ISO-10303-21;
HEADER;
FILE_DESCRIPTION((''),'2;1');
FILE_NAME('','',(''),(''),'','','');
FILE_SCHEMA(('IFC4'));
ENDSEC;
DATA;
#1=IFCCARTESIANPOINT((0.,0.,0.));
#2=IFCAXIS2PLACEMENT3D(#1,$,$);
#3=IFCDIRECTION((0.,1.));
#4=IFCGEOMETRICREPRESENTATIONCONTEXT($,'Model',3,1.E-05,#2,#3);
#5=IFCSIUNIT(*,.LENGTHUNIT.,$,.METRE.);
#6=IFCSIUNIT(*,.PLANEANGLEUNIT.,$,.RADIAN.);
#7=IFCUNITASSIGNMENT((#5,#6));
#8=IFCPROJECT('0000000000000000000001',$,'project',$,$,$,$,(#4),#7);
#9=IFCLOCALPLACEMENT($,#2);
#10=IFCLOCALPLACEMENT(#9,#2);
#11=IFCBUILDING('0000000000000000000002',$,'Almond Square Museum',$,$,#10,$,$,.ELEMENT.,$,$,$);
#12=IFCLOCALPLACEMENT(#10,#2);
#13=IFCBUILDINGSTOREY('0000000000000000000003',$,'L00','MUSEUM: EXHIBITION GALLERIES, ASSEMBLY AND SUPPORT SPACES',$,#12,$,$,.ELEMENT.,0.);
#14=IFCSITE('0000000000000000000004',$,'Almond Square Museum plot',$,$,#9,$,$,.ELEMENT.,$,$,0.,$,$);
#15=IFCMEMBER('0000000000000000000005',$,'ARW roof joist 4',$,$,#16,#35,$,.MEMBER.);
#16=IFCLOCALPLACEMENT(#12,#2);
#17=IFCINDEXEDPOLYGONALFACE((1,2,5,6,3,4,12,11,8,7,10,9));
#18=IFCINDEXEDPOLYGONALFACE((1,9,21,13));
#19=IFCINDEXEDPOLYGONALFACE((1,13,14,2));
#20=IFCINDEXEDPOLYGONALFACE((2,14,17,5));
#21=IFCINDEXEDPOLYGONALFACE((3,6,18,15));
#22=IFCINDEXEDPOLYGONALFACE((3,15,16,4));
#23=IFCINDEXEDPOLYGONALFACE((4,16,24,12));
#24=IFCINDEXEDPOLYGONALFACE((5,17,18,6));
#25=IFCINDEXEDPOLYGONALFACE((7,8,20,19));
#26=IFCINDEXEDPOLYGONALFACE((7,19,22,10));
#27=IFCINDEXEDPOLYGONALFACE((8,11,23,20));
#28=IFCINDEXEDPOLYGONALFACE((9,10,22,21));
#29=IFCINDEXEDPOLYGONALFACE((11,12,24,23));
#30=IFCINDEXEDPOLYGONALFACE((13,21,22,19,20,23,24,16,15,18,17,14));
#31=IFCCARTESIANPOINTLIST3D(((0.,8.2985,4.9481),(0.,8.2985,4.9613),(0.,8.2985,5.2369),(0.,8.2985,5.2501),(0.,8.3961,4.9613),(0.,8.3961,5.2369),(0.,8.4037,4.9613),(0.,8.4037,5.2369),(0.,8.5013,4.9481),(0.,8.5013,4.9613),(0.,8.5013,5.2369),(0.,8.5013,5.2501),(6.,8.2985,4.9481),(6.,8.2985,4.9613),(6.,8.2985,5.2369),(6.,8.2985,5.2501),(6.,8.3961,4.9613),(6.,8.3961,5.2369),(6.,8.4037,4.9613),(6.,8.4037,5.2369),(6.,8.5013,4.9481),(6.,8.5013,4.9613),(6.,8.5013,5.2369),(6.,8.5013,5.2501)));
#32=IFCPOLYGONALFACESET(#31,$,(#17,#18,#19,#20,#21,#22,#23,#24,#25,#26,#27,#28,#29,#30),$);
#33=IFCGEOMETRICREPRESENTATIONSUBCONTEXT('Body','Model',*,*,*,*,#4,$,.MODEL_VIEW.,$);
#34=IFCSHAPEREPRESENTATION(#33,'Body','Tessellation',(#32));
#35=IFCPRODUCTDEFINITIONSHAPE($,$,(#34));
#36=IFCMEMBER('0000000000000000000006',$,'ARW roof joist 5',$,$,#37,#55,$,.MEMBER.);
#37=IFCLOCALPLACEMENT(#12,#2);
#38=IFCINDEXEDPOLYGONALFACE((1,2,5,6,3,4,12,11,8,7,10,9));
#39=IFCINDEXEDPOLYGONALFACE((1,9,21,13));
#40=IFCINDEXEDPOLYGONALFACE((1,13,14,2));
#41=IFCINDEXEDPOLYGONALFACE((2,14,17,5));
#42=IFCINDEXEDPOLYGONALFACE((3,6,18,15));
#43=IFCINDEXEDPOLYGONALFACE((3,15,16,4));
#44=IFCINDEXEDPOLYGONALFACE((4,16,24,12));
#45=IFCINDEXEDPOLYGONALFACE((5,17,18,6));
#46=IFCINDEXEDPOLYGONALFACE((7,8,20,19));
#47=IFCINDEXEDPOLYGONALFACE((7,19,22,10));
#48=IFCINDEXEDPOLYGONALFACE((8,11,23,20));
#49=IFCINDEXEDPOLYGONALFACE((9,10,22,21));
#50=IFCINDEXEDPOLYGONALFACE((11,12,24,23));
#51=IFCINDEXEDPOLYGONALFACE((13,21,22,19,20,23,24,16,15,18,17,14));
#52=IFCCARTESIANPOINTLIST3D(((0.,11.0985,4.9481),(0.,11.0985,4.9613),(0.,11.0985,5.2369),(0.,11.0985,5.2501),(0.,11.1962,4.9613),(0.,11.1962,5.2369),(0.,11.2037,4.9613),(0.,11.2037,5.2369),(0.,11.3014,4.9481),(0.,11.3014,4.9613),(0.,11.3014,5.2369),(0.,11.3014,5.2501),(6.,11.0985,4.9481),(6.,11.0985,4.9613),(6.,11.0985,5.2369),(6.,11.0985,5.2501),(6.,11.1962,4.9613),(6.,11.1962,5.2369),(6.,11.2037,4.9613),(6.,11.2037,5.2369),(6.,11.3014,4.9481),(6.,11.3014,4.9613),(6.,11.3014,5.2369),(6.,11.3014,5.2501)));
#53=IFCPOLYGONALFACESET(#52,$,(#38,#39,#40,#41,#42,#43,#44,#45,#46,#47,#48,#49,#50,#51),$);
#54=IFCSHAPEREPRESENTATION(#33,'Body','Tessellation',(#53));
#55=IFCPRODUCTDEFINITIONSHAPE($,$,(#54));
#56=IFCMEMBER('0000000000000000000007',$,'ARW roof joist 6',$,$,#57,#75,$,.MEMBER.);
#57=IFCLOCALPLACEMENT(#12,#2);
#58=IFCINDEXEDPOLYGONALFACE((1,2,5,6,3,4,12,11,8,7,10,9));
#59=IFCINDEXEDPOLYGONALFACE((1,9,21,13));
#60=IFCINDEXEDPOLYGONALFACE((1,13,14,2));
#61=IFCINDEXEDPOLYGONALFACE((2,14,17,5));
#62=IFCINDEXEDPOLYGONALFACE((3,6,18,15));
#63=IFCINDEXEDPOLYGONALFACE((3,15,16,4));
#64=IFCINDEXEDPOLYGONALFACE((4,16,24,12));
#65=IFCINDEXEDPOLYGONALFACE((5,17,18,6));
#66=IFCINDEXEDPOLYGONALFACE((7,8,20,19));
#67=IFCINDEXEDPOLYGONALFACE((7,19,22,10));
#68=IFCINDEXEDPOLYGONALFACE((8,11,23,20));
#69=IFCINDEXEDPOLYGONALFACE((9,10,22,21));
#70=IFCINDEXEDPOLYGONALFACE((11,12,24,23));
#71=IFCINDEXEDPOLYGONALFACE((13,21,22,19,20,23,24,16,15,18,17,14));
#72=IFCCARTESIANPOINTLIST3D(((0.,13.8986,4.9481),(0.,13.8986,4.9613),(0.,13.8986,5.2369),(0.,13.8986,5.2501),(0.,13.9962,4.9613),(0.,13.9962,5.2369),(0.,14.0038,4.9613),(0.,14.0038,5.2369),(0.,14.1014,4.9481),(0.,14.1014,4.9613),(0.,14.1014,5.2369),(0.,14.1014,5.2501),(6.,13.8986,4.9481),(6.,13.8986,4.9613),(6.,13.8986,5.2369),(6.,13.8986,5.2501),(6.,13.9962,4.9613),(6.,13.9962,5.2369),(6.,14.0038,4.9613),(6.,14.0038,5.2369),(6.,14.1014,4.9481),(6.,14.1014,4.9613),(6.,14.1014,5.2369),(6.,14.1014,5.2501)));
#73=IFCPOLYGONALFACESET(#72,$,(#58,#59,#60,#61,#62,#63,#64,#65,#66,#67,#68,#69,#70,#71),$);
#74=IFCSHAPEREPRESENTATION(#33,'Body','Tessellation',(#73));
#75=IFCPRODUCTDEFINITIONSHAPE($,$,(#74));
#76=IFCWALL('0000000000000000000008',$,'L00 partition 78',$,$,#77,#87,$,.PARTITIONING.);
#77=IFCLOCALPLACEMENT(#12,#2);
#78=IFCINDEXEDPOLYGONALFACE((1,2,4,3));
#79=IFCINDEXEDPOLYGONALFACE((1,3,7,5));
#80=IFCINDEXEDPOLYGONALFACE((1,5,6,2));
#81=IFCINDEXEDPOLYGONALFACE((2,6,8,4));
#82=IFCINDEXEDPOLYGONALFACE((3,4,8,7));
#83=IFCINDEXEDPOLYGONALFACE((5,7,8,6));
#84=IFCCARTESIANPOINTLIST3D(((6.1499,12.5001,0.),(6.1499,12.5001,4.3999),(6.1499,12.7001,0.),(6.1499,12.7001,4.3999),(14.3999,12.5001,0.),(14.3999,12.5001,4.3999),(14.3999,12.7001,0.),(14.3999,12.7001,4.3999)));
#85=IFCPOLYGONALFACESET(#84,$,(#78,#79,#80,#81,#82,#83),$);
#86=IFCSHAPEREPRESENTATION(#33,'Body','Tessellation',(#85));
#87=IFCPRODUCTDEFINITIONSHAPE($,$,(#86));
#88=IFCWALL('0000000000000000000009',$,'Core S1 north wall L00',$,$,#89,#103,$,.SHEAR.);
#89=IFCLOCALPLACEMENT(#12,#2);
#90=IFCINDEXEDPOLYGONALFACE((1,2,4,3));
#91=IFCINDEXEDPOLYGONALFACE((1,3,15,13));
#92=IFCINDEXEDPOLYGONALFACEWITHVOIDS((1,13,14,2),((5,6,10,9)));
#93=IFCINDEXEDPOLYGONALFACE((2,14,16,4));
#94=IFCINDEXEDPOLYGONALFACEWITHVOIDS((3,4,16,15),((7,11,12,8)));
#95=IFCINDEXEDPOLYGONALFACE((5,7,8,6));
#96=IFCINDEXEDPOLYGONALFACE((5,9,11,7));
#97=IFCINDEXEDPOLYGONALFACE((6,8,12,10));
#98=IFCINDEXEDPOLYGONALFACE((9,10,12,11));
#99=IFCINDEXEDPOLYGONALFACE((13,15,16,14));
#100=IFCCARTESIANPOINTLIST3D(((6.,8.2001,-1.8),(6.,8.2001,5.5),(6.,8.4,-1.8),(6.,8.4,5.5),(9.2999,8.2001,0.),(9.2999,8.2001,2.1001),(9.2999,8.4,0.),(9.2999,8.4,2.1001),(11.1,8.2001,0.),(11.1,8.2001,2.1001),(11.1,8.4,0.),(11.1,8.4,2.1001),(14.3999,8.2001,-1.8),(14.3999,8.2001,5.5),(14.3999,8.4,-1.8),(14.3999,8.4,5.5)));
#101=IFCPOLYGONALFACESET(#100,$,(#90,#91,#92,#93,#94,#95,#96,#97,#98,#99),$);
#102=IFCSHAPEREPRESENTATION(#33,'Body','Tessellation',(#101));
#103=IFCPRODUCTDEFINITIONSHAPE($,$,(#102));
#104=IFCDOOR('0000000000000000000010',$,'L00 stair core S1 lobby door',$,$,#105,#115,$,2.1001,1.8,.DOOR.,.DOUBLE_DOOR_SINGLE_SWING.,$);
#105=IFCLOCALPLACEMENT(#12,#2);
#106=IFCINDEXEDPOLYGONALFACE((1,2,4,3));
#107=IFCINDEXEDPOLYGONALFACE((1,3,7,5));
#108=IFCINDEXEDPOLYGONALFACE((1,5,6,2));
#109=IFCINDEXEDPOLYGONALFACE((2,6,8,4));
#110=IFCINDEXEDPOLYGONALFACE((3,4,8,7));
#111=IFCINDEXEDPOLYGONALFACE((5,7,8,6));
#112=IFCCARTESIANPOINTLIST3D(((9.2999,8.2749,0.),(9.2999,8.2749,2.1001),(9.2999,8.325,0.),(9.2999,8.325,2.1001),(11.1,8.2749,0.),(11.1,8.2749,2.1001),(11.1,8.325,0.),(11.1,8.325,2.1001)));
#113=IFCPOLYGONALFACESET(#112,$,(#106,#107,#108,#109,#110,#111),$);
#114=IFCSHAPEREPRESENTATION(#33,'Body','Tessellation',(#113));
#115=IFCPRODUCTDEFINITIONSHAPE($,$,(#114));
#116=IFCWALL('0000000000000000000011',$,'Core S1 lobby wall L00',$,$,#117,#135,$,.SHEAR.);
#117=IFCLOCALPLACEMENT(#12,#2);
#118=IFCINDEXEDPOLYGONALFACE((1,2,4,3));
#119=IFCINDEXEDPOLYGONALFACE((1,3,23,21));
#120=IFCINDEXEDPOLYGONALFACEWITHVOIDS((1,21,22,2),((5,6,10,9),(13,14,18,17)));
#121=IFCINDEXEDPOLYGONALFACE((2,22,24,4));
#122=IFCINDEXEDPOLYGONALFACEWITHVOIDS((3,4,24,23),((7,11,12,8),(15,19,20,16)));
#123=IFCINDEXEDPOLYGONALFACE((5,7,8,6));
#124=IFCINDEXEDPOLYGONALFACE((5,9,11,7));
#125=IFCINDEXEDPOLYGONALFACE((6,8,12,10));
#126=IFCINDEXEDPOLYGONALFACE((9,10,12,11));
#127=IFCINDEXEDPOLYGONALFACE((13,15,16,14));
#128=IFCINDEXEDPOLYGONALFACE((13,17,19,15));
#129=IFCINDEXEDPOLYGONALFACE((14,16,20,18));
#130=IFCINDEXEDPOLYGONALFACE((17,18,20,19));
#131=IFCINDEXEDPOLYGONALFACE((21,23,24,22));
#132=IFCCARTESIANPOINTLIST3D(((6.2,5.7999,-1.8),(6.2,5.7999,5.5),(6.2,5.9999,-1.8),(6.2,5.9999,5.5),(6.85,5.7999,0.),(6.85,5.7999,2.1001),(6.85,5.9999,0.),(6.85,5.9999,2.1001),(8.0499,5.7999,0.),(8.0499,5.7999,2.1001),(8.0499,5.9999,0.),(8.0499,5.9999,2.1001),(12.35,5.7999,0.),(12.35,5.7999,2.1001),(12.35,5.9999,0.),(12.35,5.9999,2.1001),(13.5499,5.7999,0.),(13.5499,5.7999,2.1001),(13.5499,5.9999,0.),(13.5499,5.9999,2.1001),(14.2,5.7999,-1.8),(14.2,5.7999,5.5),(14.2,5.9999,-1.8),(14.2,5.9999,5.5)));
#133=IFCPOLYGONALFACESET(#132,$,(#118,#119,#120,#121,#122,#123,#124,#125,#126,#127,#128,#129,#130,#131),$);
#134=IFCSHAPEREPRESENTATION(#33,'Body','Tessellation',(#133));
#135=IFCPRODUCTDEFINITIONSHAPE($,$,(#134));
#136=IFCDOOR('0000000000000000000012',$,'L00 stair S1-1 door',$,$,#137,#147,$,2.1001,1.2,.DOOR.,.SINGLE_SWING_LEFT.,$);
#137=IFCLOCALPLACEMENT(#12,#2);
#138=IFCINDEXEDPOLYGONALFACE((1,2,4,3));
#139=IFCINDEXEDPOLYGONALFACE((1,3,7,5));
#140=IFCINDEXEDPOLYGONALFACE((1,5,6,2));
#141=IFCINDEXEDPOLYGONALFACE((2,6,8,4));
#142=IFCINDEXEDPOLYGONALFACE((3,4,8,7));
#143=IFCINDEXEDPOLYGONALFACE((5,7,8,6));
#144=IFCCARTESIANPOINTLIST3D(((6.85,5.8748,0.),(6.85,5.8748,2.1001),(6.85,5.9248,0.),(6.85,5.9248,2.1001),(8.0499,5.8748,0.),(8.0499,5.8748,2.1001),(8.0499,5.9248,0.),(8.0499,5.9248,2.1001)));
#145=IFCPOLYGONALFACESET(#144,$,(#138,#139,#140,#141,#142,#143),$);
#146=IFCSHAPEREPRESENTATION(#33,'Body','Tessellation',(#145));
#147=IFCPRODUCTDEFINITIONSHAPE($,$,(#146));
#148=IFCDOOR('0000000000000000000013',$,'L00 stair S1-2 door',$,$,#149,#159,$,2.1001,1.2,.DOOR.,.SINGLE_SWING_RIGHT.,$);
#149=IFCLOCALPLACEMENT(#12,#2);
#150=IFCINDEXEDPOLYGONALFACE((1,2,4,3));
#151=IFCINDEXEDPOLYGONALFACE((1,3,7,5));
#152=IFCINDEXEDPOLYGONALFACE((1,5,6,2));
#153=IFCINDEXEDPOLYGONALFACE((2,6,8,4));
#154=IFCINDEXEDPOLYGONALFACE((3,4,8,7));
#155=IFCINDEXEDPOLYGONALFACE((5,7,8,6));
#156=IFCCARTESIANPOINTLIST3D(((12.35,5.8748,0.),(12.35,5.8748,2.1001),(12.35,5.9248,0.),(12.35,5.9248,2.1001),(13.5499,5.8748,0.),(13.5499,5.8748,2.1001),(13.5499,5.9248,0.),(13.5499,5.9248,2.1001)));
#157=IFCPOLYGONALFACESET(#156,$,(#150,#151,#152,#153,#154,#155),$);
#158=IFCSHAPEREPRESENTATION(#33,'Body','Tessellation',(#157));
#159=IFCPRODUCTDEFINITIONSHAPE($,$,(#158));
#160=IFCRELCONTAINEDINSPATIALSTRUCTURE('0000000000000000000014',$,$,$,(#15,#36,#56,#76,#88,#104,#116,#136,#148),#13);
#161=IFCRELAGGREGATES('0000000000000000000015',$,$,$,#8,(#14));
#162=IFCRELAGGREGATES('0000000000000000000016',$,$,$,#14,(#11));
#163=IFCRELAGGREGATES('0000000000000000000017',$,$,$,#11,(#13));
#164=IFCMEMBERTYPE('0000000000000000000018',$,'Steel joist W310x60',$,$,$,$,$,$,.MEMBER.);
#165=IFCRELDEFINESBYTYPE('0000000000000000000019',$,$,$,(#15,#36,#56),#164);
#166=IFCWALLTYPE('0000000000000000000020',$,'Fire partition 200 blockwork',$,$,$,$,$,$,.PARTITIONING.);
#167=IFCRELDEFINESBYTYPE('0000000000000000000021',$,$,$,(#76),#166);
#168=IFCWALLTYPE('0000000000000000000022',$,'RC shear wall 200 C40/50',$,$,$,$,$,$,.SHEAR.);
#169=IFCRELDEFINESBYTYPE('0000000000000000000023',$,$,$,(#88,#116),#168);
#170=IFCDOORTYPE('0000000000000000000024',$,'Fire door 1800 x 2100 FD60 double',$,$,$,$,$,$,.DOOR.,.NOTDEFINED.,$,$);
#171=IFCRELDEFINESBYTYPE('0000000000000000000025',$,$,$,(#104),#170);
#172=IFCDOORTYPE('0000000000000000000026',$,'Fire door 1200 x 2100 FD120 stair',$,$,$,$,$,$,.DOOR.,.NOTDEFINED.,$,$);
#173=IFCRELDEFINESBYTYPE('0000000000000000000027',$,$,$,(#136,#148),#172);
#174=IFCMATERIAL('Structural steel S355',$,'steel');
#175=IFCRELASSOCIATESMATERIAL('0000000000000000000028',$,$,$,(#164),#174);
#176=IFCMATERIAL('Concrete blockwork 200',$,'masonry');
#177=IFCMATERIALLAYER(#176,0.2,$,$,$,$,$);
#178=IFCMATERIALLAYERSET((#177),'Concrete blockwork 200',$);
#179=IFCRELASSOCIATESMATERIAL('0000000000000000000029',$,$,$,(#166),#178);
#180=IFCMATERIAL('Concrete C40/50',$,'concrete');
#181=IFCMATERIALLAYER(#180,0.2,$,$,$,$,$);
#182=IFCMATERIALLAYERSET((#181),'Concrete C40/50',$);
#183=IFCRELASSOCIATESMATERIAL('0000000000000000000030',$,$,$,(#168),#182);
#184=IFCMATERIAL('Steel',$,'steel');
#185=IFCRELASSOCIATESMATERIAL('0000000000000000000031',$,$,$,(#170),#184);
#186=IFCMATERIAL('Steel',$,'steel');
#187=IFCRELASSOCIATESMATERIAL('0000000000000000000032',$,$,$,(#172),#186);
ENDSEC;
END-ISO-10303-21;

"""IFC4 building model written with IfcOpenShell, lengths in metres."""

from ifc_helpers import new_model, si_unit, direction, frame, frame_2d, origin, origin_2d, place, context, subcontext, project, spatial, rectangle, i_section, extrude, material, layer, layer_set, material_profile, profile_set, type_object, element, fill, save


model = new_model("IFC4")

# Units and contexts
model_context = context("Model", 3, precision=1e-05, world=origin(), true_north=direction((0.0, 1.0)))
body_context = subcontext(model_context, "Body", "Model", "MODEL_VIEW")
ifc_project = project(units=[si_unit("LENGTHUNIT", "METRE"), si_unit("PLANEANGLEUNIT", "RADIAN")], contexts=[model_context])

# Site, building, storey
site_placement = place(None, origin())
site = spatial("IfcSite", under=ifc_project, at=site_placement, Name="Almond Square Museum plot", CompositionType="ELEMENT", RefElevation=0.0)
building_placement = place(site_placement, origin())
building = spatial("IfcBuilding", under=site, at=building_placement, Name="Almond Square Museum", CompositionType="ELEMENT")
storey_placement = place(building_placement, origin())
storey = spatial("IfcBuildingStorey", under=building, at=storey_placement, Name="L00", Description="MUSEUM: EXHIBITION GALLERIES, ASSEMBLY AND SUPPORT SPACES", CompositionType="ELEMENT", Elevation=0.0)

# Members
ifc_material_1 = material(Name="Structural steel S355", Category="steel")
ifc_material_profile_1 = material_profile(ifc_material_1, i_section(OverallWidth=0.2029, OverallDepth=0.302, WebThickness=0.0076, FlangeThickness=0.0132, at=origin_2d()))
ifc_profile_set_1 = profile_set([ifc_material_profile_1], Name="Structural steel S355")
member_type = type_object("IfcMemberType", Name="Steel joist W310x60", PredefinedType="MEMBER", material=ifc_profile_set_1)
for number, where, z_axis, x_axis, name in (
    (1, (6.0, 8.3999, 5.0991), (-1.0, 0.0, 0.0), (0.0, -1.0, 0.0), "ARW roof joist 4"),
    (2, (6.0, 11.2, 5.0991), (-1.0, 0.0, 0.0), (0.0, -1.0, 0.0), "ARW roof joist 5"),
    (3, (6.0, 14.0, 5.0991), (-1.0, 0.0, 0.0), (0.0, -1.0, 0.0), "ARW roof joist 6"),
):
    element("IfcMember", number, at=place(storey_placement, frame(where, z_axis=z_axis, x_axis=x_axis)), inside=storey, type_object=member_type, Name=name, PredefinedType="MEMBER", context=body_context, shape_type="SweptSolid", body=[
        extrude(i_section(OverallWidth=0.2029, OverallDepth=0.302, WebThickness=0.0076, FlangeThickness=0.0132, at=origin_2d()), origin(), (0.0, 0.0, 1.0), 6.0),
    ])

# Wall
ifc_material_2 = material(Name="Concrete blockwork 200", Category="masonry")
ifc_layer_1 = layer(ifc_material_2, 0.2)
ifc_layer_set_1 = layer_set([ifc_layer_1], Name="Concrete blockwork 200")
wall_type_1 = type_object("IfcWallType", Name="Fire partition 200 blockwork", PredefinedType="PARTITIONING", material=ifc_layer_set_1)
wall_1_placement = place(storey_placement, frame((6.1499, 12.6001, 0.0), z_axis=(0.0, 0.0, 1.0), x_axis=(1.0, 0.0, 0.0)))
element("IfcWall", 4, at=wall_1_placement, inside=storey, type_object=wall_type_1, Name="L00 partition 78", PredefinedType="PARTITIONING", context=body_context, shape_type="SweptSolid", body=[
    extrude(rectangle(XDim=8.25, YDim=0.2, at=frame_2d((4.125, 0.0))), origin(), (0.0, 0.0, 1.0), 4.3999),
])

# Wall, opening, door
ifc_material_3 = material(Name="Concrete C40/50", Category="concrete")
ifc_layer_2 = layer(ifc_material_3, 0.2)
ifc_layer_set_2 = layer_set([ifc_layer_2], Name="Concrete C40/50")
wall_type_2 = type_object("IfcWallType", Name="RC shear wall 200 C40/50", PredefinedType="SHEAR", material=ifc_layer_set_2)
wall_2_placement = place(storey_placement, frame((6.0, 8.3, -1.8), z_axis=(0.0, 0.0, 1.0), x_axis=(1.0, 0.0, 0.0)))
wall_2 = element("IfcWall", 5, at=wall_2_placement, inside=storey, type_object=wall_type_2, Name="Core S1 north wall L00", PredefinedType="SHEAR", context=body_context, shape_type="SweptSolid", body=[
    extrude(rectangle(XDim=8.3999, YDim=0.2, at=frame_2d((4.2, 0.0))), origin(), (0.0, 0.0, 1.0), 7.3),
])
opening_1_placement = place(wall_2_placement, frame((3.3, 0.0, 1.8)))
opening_1 = element("IfcOpeningElement", 6, at=opening_1_placement, cuts=wall_2, PredefinedType="OPENING", context=body_context, shape_type="SweptSolid", body=[
    extrude(rectangle(XDim=1.8, YDim=2.1001, at=frame_2d((0.8999, 1.05))), frame((0.0, 0.1099, 0.0), z_axis=(0.0, -1.0, 0.0), x_axis=(1.0, 0.0, 0.0)), (0.0, 0.0, 1.0), 0.22),
])
ifc_material_4 = material(Name="Steel", Category="steel")
door_type_1 = type_object("IfcDoorType", Name="Fire door 1800 x 2100 FD60 double", OperationType="NOTDEFINED", PredefinedType="DOOR", material=ifc_material_4)
door_1_placement = place(opening_1_placement, origin())
door_1 = element("IfcDoor", 7, at=door_1_placement, inside=storey, type_object=door_type_1, Name="L00 stair core S1 lobby door", OperationType="DOUBLE_DOOR_SINGLE_SWING", OverallHeight=2.1001, OverallWidth=1.8, PredefinedType="DOOR", context=body_context, shape_type="SweptSolid", body=[
    extrude(rectangle(XDim=1.8, YDim=2.1001, at=frame_2d((0.8999, 1.05))), frame((0.0, 0.0249, 0.0), z_axis=(0.0, -1.0, 0.0), x_axis=(1.0, 0.0, 0.0)), (0.0, 0.0, 1.0), 0.05),
])
fill(opening_1, door_1)

# Wall, openings, doors
wall_3_placement = place(storey_placement, frame((6.2, 5.8999, -1.8), z_axis=(0.0, 0.0, 1.0), x_axis=(1.0, 0.0, 0.0)))
wall_3 = element("IfcWall", 8, at=wall_3_placement, inside=storey, type_object=wall_type_2, Name="Core S1 lobby wall L00", PredefinedType="SHEAR", context=body_context, shape_type="SweptSolid", body=[
    extrude(rectangle(XDim=8.0, YDim=0.2, at=frame_2d((4.0, 0.0))), origin(), (0.0, 0.0, 1.0), 7.3),
])
opening_2_placement = place(wall_3_placement, frame((0.6499, 0.0, 1.8)))
opening_2 = element("IfcOpeningElement", 9, at=opening_2_placement, cuts=wall_3, PredefinedType="OPENING", context=body_context, shape_type="SweptSolid", body=[
    extrude(rectangle(XDim=1.2, YDim=2.1001, at=frame_2d((0.6001, 1.05))), frame((0.0, 0.1099, 0.0), z_axis=(0.0, -1.0, 0.0), x_axis=(1.0, 0.0, 0.0)), (0.0, 0.0, 1.0), 0.22),
])
opening_3_placement = place(wall_3_placement, frame((6.1499, 0.0, 1.8)))
opening_3 = element("IfcOpeningElement", 10, at=opening_3_placement, cuts=wall_3, PredefinedType="OPENING", context=body_context, shape_type="SweptSolid", body=[
    extrude(rectangle(XDim=1.2, YDim=2.1001, at=frame_2d((0.6001, 1.05))), frame((0.0, 0.1099, 0.0), z_axis=(0.0, -1.0, 0.0), x_axis=(1.0, 0.0, 0.0)), (0.0, 0.0, 1.0), 0.22),
])
ifc_material_5 = material(Name="Steel", Category="steel")
door_type_2 = type_object("IfcDoorType", Name="Fire door 1200 x 2100 FD120 stair", OperationType="NOTDEFINED", PredefinedType="DOOR", material=ifc_material_5)
door_2_placement = place(opening_2_placement, origin())
door_2 = element("IfcDoor", 11, at=door_2_placement, inside=storey, type_object=door_type_2, Name="L00 stair S1-1 door", OperationType="SINGLE_SWING_LEFT", OverallHeight=2.1001, OverallWidth=1.2, PredefinedType="DOOR", context=body_context, shape_type="SweptSolid", body=[
    extrude(rectangle(XDim=1.2, YDim=2.1001, at=frame_2d((0.6001, 1.05))), frame((0.0, 0.0249, 0.0), z_axis=(0.0, -1.0, 0.0), x_axis=(1.0, 0.0, 0.0)), (0.0, 0.0, 1.0), 0.05),
])
fill(opening_2, door_2)
door_3_placement = place(opening_3_placement, origin())
door_3 = element("IfcDoor", 12, at=door_3_placement, inside=storey, type_object=door_type_2, Name="L00 stair S1-2 door", OperationType="SINGLE_SWING_RIGHT", OverallHeight=2.1001, OverallWidth=1.2, PredefinedType="DOOR", context=body_context, shape_type="SweptSolid", body=[
    extrude(rectangle(XDim=1.2, YDim=2.1001, at=frame_2d((0.6001, 1.05))), frame((0.0, 0.0249, 0.0), z_axis=(0.0, -1.0, 0.0), x_axis=(1.0, 0.0, 0.0)), (0.0, 0.0, 1.0), 0.05),
])
fill(opening_3, door_3)

save(model, "model.ifc")
